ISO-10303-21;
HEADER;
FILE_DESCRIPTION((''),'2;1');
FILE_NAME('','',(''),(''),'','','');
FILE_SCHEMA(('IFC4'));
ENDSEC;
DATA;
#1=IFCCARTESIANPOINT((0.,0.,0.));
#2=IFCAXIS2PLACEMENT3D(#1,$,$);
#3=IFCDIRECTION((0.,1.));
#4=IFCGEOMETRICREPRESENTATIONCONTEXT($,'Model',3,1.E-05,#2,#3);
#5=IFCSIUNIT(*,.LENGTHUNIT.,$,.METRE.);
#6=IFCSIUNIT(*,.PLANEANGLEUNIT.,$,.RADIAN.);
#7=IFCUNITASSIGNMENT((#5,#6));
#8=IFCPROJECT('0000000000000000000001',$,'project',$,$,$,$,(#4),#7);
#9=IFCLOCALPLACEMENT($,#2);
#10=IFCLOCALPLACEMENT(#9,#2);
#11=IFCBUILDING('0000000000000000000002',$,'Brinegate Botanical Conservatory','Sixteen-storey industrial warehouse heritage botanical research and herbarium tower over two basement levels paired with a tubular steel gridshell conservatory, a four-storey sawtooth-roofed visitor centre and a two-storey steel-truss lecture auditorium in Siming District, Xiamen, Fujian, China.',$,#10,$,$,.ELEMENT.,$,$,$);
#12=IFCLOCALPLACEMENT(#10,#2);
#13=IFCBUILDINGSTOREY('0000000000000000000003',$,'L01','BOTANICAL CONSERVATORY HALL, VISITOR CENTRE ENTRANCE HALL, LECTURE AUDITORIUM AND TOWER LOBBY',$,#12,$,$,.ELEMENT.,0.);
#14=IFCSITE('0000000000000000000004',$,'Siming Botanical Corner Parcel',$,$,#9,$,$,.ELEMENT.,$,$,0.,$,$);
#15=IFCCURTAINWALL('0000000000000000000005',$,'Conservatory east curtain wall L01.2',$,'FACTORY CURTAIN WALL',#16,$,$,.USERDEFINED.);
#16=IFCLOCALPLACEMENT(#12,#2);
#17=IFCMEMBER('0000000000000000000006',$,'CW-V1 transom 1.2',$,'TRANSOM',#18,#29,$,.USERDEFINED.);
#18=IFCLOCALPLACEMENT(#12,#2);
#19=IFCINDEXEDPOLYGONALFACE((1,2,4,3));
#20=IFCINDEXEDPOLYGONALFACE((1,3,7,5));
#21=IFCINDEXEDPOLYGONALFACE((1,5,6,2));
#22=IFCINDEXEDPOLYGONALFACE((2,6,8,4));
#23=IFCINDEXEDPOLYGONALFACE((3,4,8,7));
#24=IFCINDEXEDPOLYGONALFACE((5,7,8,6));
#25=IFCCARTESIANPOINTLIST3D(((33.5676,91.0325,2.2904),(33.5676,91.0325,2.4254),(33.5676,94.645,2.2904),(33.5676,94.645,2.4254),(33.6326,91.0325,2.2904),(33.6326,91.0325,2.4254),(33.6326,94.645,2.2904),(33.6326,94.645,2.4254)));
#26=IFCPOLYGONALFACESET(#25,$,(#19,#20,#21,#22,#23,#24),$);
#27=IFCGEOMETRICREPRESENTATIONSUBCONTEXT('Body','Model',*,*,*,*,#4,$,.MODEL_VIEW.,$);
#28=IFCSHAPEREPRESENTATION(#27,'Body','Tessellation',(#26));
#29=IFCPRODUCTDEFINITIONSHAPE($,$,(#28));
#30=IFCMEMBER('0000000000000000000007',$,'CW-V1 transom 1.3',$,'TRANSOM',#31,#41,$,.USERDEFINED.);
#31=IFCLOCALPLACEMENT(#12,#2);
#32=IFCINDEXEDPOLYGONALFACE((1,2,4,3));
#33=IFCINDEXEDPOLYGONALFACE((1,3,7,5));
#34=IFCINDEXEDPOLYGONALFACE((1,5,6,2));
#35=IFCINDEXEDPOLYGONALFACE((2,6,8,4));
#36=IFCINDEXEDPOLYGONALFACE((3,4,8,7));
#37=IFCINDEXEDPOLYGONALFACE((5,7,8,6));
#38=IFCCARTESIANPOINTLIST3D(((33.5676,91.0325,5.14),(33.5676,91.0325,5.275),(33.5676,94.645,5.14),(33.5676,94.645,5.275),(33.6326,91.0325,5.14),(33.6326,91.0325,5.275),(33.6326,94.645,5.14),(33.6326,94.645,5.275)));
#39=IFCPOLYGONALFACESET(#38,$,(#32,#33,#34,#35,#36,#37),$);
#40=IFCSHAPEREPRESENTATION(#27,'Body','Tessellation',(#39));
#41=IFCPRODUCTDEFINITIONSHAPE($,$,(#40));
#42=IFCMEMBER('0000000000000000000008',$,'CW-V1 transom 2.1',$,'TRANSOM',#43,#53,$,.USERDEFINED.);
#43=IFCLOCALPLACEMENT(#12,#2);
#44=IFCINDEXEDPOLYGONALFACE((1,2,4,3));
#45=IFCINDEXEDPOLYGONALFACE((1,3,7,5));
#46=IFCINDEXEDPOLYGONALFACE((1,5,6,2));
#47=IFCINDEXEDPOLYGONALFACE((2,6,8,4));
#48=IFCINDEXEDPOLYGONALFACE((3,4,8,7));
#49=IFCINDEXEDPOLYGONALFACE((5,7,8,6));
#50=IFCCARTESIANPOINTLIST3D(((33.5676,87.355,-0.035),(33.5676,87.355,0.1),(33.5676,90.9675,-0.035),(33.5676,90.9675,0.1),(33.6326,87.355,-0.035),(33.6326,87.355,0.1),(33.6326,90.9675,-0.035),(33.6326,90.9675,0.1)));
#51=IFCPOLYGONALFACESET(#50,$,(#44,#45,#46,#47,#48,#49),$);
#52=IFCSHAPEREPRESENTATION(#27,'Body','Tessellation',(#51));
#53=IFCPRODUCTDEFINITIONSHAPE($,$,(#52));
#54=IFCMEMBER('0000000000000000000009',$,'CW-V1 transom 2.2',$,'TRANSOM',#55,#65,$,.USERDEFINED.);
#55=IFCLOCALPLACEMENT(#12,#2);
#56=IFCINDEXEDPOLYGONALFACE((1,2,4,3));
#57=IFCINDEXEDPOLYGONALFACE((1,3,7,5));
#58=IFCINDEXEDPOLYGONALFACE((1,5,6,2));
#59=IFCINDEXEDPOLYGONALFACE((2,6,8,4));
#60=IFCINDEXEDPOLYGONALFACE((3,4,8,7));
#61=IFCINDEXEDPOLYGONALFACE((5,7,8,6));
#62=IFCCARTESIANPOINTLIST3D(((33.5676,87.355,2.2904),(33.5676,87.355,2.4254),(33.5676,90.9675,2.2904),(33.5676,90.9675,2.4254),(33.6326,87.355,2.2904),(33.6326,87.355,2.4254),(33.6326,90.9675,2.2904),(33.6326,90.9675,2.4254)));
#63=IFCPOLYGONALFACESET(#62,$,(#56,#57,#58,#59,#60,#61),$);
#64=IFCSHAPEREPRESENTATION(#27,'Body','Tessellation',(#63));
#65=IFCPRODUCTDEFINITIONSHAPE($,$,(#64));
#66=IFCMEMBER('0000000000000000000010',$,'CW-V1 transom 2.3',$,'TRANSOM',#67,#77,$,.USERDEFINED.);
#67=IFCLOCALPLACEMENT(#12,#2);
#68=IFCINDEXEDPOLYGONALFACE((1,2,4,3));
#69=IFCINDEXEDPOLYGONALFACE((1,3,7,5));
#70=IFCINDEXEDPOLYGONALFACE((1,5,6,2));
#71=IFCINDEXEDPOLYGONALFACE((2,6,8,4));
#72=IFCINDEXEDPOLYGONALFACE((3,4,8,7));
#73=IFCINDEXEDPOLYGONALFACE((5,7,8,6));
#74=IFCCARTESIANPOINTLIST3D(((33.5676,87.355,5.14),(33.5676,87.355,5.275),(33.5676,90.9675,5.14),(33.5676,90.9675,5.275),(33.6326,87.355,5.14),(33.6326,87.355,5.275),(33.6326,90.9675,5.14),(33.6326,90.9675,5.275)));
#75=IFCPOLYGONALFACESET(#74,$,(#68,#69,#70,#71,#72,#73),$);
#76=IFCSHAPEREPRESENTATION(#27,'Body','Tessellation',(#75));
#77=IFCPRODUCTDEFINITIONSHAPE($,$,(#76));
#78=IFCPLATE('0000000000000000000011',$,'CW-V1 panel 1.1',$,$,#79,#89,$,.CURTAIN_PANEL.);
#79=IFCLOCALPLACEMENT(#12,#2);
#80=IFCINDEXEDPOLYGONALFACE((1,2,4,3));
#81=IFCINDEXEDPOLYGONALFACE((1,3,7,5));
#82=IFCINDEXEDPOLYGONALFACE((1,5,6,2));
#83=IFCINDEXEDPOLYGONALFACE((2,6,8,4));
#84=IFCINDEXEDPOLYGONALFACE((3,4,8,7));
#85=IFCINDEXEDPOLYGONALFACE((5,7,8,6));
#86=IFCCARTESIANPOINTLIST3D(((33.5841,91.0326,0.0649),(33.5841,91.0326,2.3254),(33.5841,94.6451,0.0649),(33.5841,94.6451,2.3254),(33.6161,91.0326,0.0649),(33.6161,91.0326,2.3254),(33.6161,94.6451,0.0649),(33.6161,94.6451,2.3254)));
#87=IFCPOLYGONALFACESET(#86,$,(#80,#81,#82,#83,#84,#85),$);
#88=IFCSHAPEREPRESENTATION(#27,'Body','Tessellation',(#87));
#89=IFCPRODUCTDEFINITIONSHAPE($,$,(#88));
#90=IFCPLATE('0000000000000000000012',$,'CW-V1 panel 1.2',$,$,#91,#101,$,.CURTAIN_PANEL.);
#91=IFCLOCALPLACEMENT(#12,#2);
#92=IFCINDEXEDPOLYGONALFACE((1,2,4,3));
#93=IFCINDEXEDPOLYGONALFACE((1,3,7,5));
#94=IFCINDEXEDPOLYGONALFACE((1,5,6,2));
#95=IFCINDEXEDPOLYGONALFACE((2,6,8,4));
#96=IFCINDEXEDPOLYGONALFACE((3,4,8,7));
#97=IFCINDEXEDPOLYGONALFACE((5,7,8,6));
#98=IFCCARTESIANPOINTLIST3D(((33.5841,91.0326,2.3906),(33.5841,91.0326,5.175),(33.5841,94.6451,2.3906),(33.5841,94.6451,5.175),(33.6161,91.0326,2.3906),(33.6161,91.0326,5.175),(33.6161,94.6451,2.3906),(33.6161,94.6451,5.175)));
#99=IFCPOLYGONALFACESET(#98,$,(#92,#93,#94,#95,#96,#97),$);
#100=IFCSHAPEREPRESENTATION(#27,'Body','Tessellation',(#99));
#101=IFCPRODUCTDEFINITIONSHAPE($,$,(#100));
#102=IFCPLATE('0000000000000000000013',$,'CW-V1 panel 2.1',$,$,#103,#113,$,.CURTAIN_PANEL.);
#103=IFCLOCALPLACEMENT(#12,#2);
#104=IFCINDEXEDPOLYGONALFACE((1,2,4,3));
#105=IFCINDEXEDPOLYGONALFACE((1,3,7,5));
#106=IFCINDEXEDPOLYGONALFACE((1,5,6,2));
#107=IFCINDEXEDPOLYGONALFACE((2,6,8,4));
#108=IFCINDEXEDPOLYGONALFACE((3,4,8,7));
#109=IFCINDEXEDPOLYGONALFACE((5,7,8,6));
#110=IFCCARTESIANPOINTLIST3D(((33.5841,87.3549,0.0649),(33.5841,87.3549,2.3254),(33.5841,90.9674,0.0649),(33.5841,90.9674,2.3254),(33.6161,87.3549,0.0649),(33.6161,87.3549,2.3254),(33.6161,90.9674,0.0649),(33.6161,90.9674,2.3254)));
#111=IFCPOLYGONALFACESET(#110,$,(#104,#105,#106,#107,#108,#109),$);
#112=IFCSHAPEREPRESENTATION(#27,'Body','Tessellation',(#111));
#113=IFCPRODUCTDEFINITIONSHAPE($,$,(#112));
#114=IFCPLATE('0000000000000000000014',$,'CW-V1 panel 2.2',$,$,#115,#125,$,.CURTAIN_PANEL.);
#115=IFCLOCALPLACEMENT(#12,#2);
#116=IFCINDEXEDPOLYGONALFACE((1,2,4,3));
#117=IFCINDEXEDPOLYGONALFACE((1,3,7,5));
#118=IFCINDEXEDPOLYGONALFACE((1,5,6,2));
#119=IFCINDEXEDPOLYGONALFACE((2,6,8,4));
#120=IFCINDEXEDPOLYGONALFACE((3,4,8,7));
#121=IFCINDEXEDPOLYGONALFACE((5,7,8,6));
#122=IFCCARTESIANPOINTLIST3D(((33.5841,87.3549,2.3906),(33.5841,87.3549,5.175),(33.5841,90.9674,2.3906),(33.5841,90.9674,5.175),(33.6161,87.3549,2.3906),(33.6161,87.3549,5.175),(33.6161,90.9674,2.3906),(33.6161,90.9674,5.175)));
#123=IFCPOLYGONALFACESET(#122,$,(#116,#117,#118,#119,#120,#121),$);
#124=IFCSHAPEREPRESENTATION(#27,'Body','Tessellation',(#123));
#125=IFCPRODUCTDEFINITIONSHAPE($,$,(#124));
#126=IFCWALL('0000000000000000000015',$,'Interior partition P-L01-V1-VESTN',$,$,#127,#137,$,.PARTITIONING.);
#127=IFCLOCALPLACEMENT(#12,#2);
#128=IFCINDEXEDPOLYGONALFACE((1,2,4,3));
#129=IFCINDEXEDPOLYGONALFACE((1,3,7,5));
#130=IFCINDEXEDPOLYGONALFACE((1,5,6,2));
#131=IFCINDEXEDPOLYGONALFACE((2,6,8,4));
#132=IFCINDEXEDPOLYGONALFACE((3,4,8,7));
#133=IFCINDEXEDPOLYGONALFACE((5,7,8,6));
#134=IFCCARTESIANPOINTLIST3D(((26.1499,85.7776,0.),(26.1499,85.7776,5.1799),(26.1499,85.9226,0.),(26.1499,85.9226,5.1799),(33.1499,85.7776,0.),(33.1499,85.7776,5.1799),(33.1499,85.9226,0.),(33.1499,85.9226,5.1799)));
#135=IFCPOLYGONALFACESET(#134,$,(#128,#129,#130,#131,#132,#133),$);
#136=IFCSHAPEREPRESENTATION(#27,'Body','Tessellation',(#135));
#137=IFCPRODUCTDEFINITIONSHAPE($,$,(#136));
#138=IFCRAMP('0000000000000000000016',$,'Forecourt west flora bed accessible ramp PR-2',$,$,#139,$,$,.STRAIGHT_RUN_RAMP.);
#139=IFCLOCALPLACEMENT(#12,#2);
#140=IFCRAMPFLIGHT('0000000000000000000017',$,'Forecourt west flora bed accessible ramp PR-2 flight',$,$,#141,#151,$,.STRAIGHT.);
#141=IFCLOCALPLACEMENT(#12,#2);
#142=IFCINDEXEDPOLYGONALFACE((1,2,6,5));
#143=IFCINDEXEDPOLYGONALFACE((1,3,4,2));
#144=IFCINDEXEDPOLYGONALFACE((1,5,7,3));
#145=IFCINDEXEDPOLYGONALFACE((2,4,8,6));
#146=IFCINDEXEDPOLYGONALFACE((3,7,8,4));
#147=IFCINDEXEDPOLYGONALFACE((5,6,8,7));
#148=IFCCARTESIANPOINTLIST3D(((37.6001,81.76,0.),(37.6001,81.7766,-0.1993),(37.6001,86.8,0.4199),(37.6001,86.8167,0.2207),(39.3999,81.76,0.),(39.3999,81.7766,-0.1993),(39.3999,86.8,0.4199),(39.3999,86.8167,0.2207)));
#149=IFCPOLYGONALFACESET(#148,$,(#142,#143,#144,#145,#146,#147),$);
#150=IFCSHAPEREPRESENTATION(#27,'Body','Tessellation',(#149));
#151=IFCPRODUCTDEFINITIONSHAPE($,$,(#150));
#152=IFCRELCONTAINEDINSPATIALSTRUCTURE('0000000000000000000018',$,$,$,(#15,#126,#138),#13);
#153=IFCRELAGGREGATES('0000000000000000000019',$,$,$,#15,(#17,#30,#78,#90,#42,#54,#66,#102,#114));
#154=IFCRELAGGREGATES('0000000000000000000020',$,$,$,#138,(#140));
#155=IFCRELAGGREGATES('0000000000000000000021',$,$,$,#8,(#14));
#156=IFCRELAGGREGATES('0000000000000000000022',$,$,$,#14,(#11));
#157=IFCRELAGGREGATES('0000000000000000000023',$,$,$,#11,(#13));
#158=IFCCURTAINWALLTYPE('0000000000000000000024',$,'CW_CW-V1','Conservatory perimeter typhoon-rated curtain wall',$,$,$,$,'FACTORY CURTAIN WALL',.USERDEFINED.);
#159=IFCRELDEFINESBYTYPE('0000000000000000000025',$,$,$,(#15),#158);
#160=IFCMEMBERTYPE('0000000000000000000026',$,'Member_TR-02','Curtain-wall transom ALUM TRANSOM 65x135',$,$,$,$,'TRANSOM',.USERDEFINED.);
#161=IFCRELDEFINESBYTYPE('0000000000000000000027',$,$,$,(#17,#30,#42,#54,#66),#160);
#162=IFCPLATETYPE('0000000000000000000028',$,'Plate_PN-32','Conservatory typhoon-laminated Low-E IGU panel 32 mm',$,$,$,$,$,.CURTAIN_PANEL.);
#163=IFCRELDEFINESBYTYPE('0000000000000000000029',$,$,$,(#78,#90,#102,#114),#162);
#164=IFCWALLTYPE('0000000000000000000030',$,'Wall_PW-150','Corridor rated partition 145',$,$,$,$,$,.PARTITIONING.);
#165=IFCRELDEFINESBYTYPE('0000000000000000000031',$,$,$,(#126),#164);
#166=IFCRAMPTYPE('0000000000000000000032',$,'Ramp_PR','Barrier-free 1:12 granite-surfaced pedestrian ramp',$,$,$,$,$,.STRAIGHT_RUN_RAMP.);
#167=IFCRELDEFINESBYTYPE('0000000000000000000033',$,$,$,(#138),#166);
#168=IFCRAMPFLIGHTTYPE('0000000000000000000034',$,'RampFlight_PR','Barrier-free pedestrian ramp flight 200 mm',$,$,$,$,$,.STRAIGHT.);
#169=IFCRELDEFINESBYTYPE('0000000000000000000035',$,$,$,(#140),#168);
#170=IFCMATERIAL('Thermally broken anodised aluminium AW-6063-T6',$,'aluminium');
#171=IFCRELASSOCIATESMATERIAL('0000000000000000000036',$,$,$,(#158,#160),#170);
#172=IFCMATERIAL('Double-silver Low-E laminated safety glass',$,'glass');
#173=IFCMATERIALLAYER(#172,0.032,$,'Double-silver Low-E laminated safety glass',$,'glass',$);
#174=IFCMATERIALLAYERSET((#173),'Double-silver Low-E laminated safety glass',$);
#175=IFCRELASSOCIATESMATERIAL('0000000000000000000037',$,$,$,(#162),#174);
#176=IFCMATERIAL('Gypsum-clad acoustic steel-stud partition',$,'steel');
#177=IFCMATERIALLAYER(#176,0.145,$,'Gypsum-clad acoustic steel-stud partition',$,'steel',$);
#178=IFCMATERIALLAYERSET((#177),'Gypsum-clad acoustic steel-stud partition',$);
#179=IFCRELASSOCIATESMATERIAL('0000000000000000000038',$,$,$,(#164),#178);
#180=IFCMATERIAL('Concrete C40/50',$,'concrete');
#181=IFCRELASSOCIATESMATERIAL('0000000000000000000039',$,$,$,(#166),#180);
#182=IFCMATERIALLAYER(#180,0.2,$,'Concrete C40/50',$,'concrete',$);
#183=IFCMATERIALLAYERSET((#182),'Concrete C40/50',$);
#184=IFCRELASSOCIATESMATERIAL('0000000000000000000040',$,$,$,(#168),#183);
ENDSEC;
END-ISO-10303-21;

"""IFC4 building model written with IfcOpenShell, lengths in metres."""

from ifc_helpers import new_model, si_unit, direction, frame, frame_2d, origin, origin_2d, place, context, subcontext, project, spatial, polyline, rectangle, outline, extrude, material, layer, layer_set, material_profile, profile_set, type_object, element, aggregate, save


model = new_model("IFC4")

# Units and contexts
model_context = context("Model", 3, precision=1e-05, world=origin(), true_north=direction((0.0, 1.0)))
body_context = subcontext(model_context, "Body", "Model", "MODEL_VIEW")
ifc_project = project(units=[si_unit("LENGTHUNIT", "METRE"), si_unit("PLANEANGLEUNIT", "RADIAN")], contexts=[model_context])

# Site, building, storey
site_placement = place(None, origin())
site = spatial("IfcSite", under=ifc_project, at=site_placement, Name="Siming Botanical Corner Parcel", CompositionType="ELEMENT", RefElevation=0.0)
building_placement = place(site_placement, origin())
building = spatial("IfcBuilding", under=site, at=building_placement, Name="Brinegate Botanical Conservatory", Description="Sixteen-storey industrial warehouse heritage botanical research and herbarium tower over two basement levels paired with a tubular steel gridshell conservatory, a four-storey sawtooth-roofed visitor centre and a two-storey steel-truss lecture auditorium in Siming District, Xiamen, Fujian, China.", CompositionType="ELEMENT")
storey_placement = place(building_placement, origin())
storey = spatial("IfcBuildingStorey", under=building, at=storey_placement, Name="L01", Description="BOTANICAL CONSERVATORY HALL, VISITOR CENTRE ENTRANCE HALL, LECTURE AUDITORIUM AND TOWER LOBBY", CompositionType="ELEMENT", Elevation=0.0)

# Shared definitions
ifc_material_1 = material(Name="Concrete C40/50", Category="concrete")

# Curtain wall, members, plates
ifc_material_2 = material(Name="Thermally broken anodised aluminium AW-6063-T6", Category="aluminium")
curtain_wall_type = type_object("IfcCurtainWallType", Name="CW_CW-V1", Description="Conservatory perimeter typhoon-rated curtain wall", ElementType="FACTORY CURTAIN WALL", PredefinedType="USERDEFINED", material=ifc_material_2)
curtain_wall_placement = place(storey_placement, origin())
curtain_wall = element("IfcCurtainWall", 1, at=curtain_wall_placement, inside=storey, type_object=curtain_wall_type, Name="Conservatory east curtain wall L01.2", ObjectType="FACTORY CURTAIN WALL", PredefinedType="USERDEFINED")
ifc_material_profile_1 = material_profile(ifc_material_2, rectangle(XDim=0.0649, YDim=0.135, at=origin_2d()), Name="ALUM TRANSOM 65x135")
ifc_profile_set_1 = profile_set([ifc_material_profile_1], Name="Thermally broken anodised aluminium AW-6063-T6")
member_type_1 = type_object("IfcMemberType", Name="Member_TR-02", Description="Curtain-wall transom ALUM TRANSOM 65x135", ElementType="TRANSOM", PredefinedType="USERDEFINED", material=ifc_profile_set_1)
member_1_placement = place(storey_placement, frame((33.6001, 94.645, 2.3579), z_axis=(0.0, -1.0, 0.0), x_axis=(1.0, 0.0, 0.0)))
member_1 = element("IfcMember", 2, at=member_1_placement, type_object=member_type_1, Name="CW-V1 transom 1.2", ObjectType="TRANSOM", PredefinedType="USERDEFINED", context=body_context, shape_type="SweptSolid", body=[
    extrude(rectangle(XDim=0.0649, YDim=0.135, at=origin_2d()), origin(), (0.0, 0.0, 1.0), 3.6125),
])
member_2_placement = place(storey_placement, frame((33.6001, 94.645, 5.2075), z_axis=(0.0, -1.0, 0.0), x_axis=(1.0, 0.0, 0.0)))
member_2 = element("IfcMember", 3, at=member_2_placement, type_object=member_type_1, Name="CW-V1 transom 1.3", ObjectType="TRANSOM", PredefinedType="USERDEFINED", context=body_context, shape_type="SweptSolid", body=[
    extrude(rectangle(XDim=0.0649, YDim=0.135, at=origin_2d()), origin(), (0.0, 0.0, 1.0), 3.6125),
])
member_3_placement = place(storey_placement, frame((33.6001, 90.9675, 0.0325), z_axis=(0.0, -1.0, 0.0), x_axis=(1.0, 0.0, 0.0)))
member_3 = element("IfcMember", 4, at=member_3_placement, type_object=member_type_1, Name="CW-V1 transom 2.1", ObjectType="TRANSOM", PredefinedType="USERDEFINED", context=body_context, shape_type="SweptSolid", body=[
    extrude(rectangle(XDim=0.0649, YDim=0.135, at=origin_2d()), origin(), (0.0, 0.0, 1.0), 3.6125),
])
member_4_placement = place(storey_placement, frame((33.6001, 90.9675, 2.3579), z_axis=(0.0, -1.0, 0.0), x_axis=(1.0, 0.0, 0.0)))
member_4 = element("IfcMember", 5, at=member_4_placement, type_object=member_type_1, Name="CW-V1 transom 2.2", ObjectType="TRANSOM", PredefinedType="USERDEFINED", context=body_context, shape_type="SweptSolid", body=[
    extrude(rectangle(XDim=0.0649, YDim=0.135, at=origin_2d()), origin(), (0.0, 0.0, 1.0), 3.6125),
])
member_5_placement = place(storey_placement, frame((33.6001, 90.9675, 5.2075), z_axis=(0.0, -1.0, 0.0), x_axis=(1.0, 0.0, 0.0)))
member_5 = element("IfcMember", 6, at=member_5_placement, type_object=member_type_1, Name="CW-V1 transom 2.3", ObjectType="TRANSOM", PredefinedType="USERDEFINED", context=body_context, shape_type="SweptSolid", body=[
    extrude(rectangle(XDim=0.0649, YDim=0.135, at=origin_2d()), origin(), (0.0, 0.0, 1.0), 3.6125),
])
ifc_material_3 = material(Name="Double-silver Low-E laminated safety glass", Category="glass")
ifc_layer_1 = layer(ifc_material_3, 0.032, Name="Double-silver Low-E laminated safety glass", Category="glass")
ifc_layer_set_1 = layer_set([ifc_layer_1], Name="Double-silver Low-E laminated safety glass")
plate_type = type_object("IfcPlateType", Name="Plate_PN-32", Description="Conservatory typhoon-laminated Low-E IGU panel 32 mm", PredefinedType="CURTAIN_PANEL", material=ifc_layer_set_1)
plate_1_placement = place(storey_placement, frame((33.6001, 92.8389, 0.0649), z_axis=(0.0, 0.0, 1.0), x_axis=(0.0, -1.0, 0.0)))
plate_1 = element("IfcPlate", 7, at=plate_1_placement, type_object=plate_type, Name="CW-V1 panel 1.1", PredefinedType="CURTAIN_PANEL", context=body_context, shape_type="SweptSolid", body=[
    extrude(rectangle(XDim=3.6125, YDim=0.032, at=origin_2d()), origin(), (0.0, 0.0, 1.0), 2.2605),
])
plate_2_placement = place(storey_placement, frame((33.6001, 92.8389, 2.3906), z_axis=(0.0, 0.0, 1.0), x_axis=(0.0, -1.0, 0.0)))
plate_2 = element("IfcPlate", 8, at=plate_2_placement, type_object=plate_type, Name="CW-V1 panel 1.2", PredefinedType="CURTAIN_PANEL", context=body_context, shape_type="SweptSolid", body=[
    extrude(rectangle(XDim=3.6125, YDim=0.032, at=origin_2d()), origin(), (0.0, 0.0, 1.0), 2.7844),
])
plate_3_placement = place(storey_placement, frame((33.6001, 89.1611, 0.0649), z_axis=(0.0, 0.0, 1.0), x_axis=(0.0, -1.0, 0.0)))
plate_3 = element("IfcPlate", 9, at=plate_3_placement, type_object=plate_type, Name="CW-V1 panel 2.1", PredefinedType="CURTAIN_PANEL", context=body_context, shape_type="SweptSolid", body=[
    extrude(rectangle(XDim=3.6125, YDim=0.032, at=origin_2d()), origin(), (0.0, 0.0, 1.0), 2.2605),
])
plate_4_placement = place(storey_placement, frame((33.6001, 89.1611, 2.3906), z_axis=(0.0, 0.0, 1.0), x_axis=(0.0, -1.0, 0.0)))
plate_4 = element("IfcPlate", 10, at=plate_4_placement, type_object=plate_type, Name="CW-V1 panel 2.2", PredefinedType="CURTAIN_PANEL", context=body_context, shape_type="SweptSolid", body=[
    extrude(rectangle(XDim=3.6125, YDim=0.032, at=origin_2d()), origin(), (0.0, 0.0, 1.0), 2.7844),
])
aggregate(curtain_wall, [member_1, member_2, plate_1, plate_2, member_3, member_4, member_5, plate_3, plate_4])

# Wall
ifc_material_4 = material(Name="Gypsum-clad acoustic steel-stud partition", Category="steel")
ifc_layer_2 = layer(ifc_material_4, 0.145, Name="Gypsum-clad acoustic steel-stud partition", Category="steel")
ifc_layer_set_2 = layer_set([ifc_layer_2], Name="Gypsum-clad acoustic steel-stud partition")
wall_type_1 = type_object("IfcWallType", Name="Wall_PW-150", Description="Corridor rated partition 145", PredefinedType="PARTITIONING", material=ifc_layer_set_2)
wall_1_placement = place(storey_placement, frame((26.1499, 85.8501, 0.0), z_axis=(0.0, 0.0, 1.0), x_axis=(1.0, 0.0, 0.0)))
element("IfcWall", 11, at=wall_1_placement, inside=storey, type_object=wall_type_1, Name="Interior partition P-L01-V1-VESTN", PredefinedType="PARTITIONING", context=body_context, shape_type="SweptSolid", body=[
    extrude(rectangle(XDim=7.0, YDim=0.145, at=frame_2d((3.5, 0.0))), origin(), (0.0, 0.0, 1.0), 5.1799),
])

# Ramp, ramp flight
ramp_type = type_object("IfcRampType", Name="Ramp_PR", Description="Barrier-free 1:12 granite-surfaced pedestrian ramp", PredefinedType="STRAIGHT_RUN_RAMP", material=ifc_material_1)
ramp_placement = place(storey_placement, origin())
ramp = element("IfcRamp", 12, at=ramp_placement, inside=storey, type_object=ramp_type, Name="Forecourt west flora bed accessible ramp PR-2", PredefinedType="STRAIGHT_RUN_RAMP")
ifc_layer_3 = layer(ifc_material_1, 0.2, Name="Concrete C40/50", Category="concrete")
ifc_layer_set_3 = layer_set([ifc_layer_3], Name="Concrete C40/50")
ramp_flight_type = type_object("IfcRampFlightType", Name="RampFlight_PR", Description="Barrier-free pedestrian ramp flight 200 mm", PredefinedType="STRAIGHT", material=ifc_layer_set_3)
ramp_flight_placement = place(storey_placement, frame((37.6001, 81.76, 0.0), z_axis=(0.0, -0.083029, 0.996547), x_axis=(1.0, 0.0, 0.0)))
ramp_flight = element("IfcRampFlight", 13, at=ramp_flight_placement, type_object=ramp_flight_type, Name="Forecourt west flora bed accessible ramp PR-2 flight", PredefinedType="STRAIGHT", context=body_context, shape_type="SweptSolid", body=[
    extrude(outline(polyline([(0.0, 0.0), (1.7998, 0.0), (1.7998, 5.0575), (0.0, 5.0575), (0.0, 0.0)])), origin(), (0.0, 0.0, -1.0), 0.2),
])
aggregate(ramp, [ramp_flight])

save(model, "model.ifc")
